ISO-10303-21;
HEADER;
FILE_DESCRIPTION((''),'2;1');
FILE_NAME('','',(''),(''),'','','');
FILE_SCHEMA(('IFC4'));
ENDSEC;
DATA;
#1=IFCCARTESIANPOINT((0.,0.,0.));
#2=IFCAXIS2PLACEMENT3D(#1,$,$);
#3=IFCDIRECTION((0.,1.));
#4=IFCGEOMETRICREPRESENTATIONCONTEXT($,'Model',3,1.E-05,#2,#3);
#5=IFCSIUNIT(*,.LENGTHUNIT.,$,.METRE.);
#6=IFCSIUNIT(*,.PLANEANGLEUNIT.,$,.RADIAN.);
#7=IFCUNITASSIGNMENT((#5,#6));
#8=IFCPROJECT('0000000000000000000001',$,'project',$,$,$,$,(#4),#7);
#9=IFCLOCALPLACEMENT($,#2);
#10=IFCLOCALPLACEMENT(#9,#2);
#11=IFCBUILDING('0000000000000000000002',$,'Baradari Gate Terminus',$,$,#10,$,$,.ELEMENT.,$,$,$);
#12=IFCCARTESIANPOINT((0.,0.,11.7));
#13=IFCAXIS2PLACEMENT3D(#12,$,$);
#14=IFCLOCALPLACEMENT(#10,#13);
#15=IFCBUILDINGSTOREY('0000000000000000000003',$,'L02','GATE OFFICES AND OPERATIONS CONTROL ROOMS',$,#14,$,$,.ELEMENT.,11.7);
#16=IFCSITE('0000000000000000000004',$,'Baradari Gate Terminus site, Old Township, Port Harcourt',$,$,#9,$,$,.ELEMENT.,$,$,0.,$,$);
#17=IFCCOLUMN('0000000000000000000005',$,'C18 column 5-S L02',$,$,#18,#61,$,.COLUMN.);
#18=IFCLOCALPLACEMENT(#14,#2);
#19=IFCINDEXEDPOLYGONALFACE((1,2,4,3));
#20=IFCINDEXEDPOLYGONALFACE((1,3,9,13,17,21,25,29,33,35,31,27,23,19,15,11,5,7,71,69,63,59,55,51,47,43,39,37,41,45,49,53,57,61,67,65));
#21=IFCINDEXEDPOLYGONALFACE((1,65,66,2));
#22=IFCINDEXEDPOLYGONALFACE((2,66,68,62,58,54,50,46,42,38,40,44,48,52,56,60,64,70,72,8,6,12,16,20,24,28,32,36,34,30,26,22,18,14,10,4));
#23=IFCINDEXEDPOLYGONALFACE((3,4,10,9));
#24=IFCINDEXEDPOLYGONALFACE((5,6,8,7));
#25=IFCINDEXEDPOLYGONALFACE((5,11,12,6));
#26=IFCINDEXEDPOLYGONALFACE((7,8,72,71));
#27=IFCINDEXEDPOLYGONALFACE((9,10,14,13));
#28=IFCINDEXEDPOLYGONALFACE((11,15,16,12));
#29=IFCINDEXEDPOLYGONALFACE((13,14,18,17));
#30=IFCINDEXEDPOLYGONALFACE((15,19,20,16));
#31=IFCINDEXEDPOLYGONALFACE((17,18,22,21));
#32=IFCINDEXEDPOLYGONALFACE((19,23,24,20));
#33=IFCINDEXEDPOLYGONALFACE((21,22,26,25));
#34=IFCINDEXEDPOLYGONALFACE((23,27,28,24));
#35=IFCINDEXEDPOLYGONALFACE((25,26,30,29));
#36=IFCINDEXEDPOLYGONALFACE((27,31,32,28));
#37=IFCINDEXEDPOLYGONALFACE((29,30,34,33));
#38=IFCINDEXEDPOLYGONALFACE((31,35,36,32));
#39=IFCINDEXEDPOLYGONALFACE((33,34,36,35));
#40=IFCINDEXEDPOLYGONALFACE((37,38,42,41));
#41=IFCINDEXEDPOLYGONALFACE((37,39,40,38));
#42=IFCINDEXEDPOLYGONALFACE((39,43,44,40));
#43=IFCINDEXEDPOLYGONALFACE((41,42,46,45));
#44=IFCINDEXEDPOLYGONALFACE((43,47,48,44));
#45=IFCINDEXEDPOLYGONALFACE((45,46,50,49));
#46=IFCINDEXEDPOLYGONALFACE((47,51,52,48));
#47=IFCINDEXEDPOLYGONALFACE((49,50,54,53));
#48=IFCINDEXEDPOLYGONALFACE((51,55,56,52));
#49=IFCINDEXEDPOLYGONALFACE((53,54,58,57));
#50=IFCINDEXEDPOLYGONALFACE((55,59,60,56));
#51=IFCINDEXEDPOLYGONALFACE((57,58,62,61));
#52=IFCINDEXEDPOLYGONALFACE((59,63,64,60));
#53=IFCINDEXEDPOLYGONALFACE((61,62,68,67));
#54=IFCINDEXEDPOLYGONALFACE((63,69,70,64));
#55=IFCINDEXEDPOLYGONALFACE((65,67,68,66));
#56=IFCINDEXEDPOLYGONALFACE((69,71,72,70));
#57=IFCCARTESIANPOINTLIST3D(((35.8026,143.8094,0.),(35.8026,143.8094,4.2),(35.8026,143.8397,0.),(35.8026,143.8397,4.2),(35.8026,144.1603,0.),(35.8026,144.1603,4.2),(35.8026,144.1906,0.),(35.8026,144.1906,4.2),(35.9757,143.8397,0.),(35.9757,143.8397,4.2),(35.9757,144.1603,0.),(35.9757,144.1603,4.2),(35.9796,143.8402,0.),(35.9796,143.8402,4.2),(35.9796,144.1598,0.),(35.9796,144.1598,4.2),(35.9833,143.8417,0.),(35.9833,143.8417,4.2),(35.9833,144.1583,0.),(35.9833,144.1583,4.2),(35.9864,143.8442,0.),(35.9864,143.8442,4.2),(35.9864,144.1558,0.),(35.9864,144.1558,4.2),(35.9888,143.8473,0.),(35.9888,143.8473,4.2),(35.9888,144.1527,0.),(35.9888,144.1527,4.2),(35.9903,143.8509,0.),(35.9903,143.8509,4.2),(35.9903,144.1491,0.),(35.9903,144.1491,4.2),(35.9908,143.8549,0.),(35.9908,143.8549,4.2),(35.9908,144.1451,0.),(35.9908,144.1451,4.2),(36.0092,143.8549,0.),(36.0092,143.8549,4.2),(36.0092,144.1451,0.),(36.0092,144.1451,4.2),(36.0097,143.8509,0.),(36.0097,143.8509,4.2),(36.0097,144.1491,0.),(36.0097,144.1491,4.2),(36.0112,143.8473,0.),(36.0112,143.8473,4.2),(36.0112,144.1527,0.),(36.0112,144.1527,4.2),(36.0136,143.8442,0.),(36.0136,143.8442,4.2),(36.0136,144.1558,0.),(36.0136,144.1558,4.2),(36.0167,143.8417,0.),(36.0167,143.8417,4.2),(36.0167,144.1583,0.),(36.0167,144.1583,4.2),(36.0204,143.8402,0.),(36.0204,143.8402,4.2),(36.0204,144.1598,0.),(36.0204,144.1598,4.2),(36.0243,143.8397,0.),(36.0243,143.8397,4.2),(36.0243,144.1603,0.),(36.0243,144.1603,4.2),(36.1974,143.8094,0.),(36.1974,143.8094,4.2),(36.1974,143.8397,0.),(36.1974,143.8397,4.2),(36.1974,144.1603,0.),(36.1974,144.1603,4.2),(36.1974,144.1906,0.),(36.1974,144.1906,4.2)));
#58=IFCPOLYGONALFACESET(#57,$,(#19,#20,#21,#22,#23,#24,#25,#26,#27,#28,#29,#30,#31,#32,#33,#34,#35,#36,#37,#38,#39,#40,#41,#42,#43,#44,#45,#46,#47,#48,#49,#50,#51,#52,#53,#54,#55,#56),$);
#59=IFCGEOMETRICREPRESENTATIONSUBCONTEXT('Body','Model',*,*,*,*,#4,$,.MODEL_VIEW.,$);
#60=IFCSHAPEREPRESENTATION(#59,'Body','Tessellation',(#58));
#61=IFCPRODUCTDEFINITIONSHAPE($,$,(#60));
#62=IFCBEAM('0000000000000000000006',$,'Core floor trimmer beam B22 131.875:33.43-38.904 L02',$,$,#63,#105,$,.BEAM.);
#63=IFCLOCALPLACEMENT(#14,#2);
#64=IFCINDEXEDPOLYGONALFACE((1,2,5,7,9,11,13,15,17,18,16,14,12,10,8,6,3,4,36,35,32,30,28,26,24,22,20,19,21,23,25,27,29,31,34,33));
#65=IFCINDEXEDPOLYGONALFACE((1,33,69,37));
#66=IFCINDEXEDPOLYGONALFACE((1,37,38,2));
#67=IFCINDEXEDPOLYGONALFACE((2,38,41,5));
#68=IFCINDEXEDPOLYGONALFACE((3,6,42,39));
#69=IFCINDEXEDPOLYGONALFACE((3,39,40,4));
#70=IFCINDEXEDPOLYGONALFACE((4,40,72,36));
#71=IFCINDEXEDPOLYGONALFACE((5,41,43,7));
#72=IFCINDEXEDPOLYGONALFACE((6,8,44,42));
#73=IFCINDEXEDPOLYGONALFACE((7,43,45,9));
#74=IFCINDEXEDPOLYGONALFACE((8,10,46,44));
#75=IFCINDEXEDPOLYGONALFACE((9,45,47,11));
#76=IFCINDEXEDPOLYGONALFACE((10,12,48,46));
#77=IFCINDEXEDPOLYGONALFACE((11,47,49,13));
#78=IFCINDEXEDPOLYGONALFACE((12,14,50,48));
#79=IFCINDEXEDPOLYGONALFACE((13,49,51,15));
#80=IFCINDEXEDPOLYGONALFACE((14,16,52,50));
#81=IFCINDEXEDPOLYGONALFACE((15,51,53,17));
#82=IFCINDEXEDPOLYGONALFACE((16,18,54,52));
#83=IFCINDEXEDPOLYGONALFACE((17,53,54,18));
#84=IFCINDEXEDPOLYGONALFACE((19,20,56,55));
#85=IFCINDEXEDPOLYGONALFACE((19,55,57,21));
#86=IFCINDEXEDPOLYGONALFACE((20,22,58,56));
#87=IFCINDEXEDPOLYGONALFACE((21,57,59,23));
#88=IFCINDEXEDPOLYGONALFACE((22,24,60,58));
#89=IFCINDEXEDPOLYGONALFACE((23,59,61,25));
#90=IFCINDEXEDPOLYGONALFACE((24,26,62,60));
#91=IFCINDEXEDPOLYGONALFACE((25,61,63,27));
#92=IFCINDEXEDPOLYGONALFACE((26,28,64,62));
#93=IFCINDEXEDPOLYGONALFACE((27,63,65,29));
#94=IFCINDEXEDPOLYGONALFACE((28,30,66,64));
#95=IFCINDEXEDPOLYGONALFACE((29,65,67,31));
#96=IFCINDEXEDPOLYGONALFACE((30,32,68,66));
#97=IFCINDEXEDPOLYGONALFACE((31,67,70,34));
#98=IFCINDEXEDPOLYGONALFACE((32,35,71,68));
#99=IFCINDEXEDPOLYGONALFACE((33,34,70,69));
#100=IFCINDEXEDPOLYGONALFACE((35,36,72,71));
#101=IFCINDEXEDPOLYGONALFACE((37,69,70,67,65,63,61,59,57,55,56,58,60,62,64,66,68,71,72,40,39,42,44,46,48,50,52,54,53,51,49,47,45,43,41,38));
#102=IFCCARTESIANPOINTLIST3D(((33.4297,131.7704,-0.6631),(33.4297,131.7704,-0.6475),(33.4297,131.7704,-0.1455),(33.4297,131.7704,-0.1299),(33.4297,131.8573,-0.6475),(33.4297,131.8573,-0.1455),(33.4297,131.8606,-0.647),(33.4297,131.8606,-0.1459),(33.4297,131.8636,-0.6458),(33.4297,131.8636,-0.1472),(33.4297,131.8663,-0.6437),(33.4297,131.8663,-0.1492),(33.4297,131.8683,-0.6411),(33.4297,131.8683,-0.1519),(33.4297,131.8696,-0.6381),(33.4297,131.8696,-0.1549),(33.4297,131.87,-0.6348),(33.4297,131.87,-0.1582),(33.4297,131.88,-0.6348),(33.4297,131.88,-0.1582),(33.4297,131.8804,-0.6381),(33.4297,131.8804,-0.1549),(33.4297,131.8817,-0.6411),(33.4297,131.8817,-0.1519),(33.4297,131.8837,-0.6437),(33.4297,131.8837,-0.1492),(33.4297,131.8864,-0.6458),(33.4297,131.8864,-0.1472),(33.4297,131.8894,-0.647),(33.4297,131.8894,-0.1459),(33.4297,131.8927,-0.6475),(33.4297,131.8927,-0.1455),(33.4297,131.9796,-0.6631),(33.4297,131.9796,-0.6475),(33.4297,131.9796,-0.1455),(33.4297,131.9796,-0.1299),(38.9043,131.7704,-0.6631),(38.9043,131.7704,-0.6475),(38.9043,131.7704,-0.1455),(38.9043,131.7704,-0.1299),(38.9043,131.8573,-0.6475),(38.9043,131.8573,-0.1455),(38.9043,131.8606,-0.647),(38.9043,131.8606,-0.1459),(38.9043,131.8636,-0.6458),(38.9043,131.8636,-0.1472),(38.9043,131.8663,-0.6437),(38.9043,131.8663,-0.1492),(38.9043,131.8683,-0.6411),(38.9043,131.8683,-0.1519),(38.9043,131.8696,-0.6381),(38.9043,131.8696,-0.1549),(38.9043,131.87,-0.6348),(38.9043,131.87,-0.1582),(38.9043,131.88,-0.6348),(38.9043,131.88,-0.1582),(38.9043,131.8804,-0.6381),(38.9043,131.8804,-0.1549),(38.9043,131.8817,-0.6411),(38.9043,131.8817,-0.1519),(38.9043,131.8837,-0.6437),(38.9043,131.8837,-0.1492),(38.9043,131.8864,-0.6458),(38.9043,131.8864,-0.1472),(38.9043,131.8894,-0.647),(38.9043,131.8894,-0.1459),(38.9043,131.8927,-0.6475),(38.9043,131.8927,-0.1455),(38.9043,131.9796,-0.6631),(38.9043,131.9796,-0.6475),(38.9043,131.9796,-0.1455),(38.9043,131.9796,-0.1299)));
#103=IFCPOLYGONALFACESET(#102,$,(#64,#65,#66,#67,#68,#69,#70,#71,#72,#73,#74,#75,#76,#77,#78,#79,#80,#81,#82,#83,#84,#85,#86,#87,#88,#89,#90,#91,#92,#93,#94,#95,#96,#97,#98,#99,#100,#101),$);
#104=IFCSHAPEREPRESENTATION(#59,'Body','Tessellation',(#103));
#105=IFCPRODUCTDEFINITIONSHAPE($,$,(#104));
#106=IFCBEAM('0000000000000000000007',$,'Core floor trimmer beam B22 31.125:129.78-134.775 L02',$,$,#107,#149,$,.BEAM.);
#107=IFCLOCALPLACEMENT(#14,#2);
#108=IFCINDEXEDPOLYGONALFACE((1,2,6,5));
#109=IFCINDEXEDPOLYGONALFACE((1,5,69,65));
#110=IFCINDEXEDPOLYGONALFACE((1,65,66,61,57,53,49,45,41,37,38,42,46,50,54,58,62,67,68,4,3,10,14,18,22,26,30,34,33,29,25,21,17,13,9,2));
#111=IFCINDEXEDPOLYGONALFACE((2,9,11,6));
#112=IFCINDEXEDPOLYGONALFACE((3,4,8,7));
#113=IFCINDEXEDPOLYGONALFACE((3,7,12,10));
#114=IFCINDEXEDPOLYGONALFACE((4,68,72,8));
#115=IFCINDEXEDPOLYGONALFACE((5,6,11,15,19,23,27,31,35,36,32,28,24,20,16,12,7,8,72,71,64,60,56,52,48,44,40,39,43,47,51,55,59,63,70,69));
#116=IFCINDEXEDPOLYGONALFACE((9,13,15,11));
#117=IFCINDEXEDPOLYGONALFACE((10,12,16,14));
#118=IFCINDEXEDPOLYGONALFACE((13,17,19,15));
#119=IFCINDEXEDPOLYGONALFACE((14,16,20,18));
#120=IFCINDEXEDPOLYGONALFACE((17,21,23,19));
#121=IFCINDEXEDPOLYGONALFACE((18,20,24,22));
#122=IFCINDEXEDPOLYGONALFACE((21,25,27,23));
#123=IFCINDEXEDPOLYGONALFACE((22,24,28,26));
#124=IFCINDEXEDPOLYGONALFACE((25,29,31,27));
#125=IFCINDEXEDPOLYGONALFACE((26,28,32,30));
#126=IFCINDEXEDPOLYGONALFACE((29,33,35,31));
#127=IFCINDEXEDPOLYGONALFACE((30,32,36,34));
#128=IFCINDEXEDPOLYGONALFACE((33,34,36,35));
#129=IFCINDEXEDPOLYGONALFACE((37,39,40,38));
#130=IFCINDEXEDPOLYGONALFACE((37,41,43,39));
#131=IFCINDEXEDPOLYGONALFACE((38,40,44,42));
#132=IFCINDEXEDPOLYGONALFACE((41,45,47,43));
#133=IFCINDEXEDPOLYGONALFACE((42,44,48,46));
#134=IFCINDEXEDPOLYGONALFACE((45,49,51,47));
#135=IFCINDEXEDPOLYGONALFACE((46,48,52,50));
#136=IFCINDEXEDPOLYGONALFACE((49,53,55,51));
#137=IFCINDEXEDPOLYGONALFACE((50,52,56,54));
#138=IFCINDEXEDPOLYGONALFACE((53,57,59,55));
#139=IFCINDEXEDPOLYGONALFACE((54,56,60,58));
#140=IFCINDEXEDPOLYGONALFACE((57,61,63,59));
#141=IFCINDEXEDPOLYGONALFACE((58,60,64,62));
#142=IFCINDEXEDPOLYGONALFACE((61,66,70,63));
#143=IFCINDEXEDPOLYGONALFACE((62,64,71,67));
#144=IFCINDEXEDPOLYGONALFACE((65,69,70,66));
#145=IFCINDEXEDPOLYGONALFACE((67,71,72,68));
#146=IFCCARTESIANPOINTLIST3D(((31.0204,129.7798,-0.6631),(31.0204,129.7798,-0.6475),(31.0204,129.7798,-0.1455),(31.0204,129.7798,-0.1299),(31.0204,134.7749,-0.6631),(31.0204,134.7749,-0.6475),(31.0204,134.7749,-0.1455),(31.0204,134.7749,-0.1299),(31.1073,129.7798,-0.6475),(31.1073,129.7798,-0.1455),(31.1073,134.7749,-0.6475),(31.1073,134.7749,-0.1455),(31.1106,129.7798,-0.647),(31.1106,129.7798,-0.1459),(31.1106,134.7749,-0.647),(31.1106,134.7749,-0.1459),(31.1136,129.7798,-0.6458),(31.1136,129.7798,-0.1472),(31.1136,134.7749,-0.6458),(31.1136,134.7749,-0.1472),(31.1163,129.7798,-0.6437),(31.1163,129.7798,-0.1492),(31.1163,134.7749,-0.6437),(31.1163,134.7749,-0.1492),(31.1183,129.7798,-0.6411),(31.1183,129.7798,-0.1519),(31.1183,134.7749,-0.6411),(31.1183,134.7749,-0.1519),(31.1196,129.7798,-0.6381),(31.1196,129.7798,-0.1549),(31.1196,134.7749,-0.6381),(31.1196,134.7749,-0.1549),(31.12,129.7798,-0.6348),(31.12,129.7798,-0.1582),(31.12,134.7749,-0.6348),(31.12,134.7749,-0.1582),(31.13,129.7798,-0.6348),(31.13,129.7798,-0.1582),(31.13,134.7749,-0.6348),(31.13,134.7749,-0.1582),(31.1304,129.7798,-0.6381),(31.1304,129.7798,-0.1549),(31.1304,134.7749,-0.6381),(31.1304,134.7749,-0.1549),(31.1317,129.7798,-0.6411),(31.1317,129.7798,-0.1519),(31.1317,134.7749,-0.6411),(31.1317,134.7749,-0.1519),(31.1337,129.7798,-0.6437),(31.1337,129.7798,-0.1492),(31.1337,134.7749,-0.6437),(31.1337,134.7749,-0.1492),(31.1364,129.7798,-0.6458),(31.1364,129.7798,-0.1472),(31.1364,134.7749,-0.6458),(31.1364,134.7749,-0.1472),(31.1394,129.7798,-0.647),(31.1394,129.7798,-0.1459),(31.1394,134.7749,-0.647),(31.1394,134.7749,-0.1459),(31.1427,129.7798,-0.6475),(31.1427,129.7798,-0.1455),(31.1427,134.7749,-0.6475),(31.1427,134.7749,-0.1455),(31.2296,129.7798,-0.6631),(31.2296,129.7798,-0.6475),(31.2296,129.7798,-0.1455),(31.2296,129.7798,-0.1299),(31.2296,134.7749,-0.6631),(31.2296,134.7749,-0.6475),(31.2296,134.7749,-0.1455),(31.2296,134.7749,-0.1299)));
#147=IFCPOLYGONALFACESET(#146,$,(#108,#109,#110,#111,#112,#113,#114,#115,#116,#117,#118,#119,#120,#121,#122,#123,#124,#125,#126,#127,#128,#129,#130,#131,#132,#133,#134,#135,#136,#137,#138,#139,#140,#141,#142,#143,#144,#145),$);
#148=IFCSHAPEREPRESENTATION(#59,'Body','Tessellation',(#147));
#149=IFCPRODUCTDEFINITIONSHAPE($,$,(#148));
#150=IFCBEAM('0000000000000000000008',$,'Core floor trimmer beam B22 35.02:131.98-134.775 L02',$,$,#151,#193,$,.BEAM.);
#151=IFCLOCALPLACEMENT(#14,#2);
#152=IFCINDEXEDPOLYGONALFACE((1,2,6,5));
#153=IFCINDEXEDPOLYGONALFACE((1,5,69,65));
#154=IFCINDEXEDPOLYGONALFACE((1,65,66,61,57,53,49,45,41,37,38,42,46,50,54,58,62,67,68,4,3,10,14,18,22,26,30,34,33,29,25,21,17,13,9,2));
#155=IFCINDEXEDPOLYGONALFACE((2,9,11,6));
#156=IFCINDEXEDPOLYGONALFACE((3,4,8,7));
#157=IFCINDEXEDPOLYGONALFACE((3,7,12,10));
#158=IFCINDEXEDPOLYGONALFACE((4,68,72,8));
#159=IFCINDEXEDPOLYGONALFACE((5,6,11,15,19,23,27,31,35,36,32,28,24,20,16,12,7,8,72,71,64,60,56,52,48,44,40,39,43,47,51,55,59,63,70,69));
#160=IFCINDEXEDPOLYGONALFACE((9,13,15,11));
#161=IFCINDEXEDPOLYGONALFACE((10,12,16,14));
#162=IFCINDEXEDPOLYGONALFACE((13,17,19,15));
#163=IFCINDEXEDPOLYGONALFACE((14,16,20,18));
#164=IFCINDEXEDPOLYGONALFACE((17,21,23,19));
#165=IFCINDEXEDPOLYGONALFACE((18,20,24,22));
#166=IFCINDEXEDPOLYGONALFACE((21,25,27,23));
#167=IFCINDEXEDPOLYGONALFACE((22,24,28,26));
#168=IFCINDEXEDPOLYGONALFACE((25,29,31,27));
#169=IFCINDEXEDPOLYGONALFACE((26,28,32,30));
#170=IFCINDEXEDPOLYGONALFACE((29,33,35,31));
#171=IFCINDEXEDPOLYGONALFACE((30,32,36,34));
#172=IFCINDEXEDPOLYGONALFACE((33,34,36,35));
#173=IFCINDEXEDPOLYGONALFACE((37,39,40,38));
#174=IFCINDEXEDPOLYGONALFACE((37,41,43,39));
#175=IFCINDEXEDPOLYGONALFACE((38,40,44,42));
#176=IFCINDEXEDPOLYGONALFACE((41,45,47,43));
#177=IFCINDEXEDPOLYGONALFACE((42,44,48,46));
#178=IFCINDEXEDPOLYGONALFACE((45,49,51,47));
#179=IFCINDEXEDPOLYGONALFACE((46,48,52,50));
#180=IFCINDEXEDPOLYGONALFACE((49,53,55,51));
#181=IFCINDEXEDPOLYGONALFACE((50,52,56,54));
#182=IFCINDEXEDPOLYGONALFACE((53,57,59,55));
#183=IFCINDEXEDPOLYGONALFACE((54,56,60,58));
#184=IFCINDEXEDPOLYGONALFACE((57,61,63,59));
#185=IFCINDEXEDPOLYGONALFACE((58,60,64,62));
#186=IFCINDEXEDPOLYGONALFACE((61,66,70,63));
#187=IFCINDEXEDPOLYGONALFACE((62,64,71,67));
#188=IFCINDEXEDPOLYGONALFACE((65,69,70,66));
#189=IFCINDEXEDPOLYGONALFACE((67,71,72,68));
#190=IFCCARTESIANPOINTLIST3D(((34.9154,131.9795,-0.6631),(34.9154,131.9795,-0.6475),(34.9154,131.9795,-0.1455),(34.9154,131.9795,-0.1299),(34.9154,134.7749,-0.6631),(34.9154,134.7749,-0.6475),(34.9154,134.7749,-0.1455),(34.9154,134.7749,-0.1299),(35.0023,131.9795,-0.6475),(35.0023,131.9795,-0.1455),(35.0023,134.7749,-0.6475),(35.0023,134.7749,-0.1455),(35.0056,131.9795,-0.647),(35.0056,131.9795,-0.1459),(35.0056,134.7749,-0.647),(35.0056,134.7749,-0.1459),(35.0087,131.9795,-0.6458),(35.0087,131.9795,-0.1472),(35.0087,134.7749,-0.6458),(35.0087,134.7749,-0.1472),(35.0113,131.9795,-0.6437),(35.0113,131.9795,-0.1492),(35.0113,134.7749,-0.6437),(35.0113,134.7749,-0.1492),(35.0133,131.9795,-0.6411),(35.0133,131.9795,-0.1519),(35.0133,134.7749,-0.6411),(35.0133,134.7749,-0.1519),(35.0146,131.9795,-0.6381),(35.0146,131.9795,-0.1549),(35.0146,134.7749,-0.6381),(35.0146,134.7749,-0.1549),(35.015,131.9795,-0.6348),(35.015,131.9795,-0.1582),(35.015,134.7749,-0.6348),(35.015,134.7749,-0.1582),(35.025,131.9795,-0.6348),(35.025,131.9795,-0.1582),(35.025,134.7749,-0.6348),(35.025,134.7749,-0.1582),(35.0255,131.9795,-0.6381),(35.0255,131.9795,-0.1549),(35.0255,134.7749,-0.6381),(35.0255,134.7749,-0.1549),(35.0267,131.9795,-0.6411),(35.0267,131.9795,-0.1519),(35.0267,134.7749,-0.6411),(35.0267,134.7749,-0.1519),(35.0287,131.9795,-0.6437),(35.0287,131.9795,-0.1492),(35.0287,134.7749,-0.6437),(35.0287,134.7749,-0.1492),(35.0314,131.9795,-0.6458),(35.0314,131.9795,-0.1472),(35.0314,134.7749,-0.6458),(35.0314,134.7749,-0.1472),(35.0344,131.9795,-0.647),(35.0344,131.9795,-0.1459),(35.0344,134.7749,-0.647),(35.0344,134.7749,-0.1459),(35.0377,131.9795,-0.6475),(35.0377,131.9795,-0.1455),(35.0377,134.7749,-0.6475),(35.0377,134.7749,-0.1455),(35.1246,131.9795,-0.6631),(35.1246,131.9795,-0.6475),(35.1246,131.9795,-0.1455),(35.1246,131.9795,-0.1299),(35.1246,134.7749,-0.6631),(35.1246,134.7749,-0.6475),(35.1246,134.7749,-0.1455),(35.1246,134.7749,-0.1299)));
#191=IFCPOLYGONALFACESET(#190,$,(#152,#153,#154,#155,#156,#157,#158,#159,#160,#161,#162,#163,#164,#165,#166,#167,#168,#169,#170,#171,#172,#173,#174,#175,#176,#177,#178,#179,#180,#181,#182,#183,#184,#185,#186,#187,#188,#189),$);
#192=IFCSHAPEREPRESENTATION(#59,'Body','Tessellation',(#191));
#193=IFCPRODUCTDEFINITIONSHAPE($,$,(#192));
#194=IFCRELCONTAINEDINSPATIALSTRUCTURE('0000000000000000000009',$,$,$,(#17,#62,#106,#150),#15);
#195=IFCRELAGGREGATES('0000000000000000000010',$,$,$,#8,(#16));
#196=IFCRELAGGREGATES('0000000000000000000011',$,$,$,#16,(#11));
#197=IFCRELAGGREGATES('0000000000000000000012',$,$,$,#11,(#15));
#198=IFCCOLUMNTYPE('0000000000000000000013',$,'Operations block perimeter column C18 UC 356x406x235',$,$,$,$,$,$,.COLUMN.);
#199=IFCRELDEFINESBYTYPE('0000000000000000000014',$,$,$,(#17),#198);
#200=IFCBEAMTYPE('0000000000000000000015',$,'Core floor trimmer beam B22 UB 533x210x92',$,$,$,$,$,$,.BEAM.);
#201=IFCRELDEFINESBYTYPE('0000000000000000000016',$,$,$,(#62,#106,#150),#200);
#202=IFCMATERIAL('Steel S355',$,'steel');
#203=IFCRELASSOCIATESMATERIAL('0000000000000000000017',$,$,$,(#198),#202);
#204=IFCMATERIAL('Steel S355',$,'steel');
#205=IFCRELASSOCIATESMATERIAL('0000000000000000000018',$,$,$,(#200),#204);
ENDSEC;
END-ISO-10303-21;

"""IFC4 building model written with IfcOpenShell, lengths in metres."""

from ifc_helpers import new_model, si_unit, direction, frame, origin, origin_2d, place, context, subcontext, project, spatial, i_section, extrude, material, material_profile, profile_set, type_object, element, save


model = new_model("IFC4")

# Units and contexts
model_context = context("Model", 3, precision=1e-05, world=origin(), true_north=direction((0.0, 1.0)))
body_context = subcontext(model_context, "Body", "Model", "MODEL_VIEW")
ifc_project = project(units=[si_unit("LENGTHUNIT", "METRE"), si_unit("PLANEANGLEUNIT", "RADIAN")], contexts=[model_context])

# Site, building, storey
site_placement = place(None, origin())
site = spatial("IfcSite", under=ifc_project, at=site_placement, Name="Baradari Gate Terminus site, Old Township, Port Harcourt", CompositionType="ELEMENT", RefElevation=0.0)
building_placement = place(site_placement, origin())
building = spatial("IfcBuilding", under=site, at=building_placement, Name="Baradari Gate Terminus", CompositionType="ELEMENT")
storey_placement = place(building_placement, frame((0.0, 0.0, 11.7)))
storey = spatial("IfcBuildingStorey", under=building, at=storey_placement, Name="L02", Description="GATE OFFICES AND OPERATIONS CONTROL ROOMS", CompositionType="ELEMENT", Elevation=11.7)

# Column
ifc_material_1 = material(Name="Steel S355", Category="steel")
ifc_material_profile_1 = material_profile(ifc_material_1, i_section(OverallWidth=0.3948, OverallDepth=0.3811, WebThickness=0.0183, FlangeThickness=0.0303, FilletRadius=0.0151, at=origin_2d()), Name="UC 356x406x235")
ifc_profile_set_1 = profile_set([ifc_material_profile_1], Name="Steel S355")
column_type = type_object("IfcColumnType", Name="Operations block perimeter column C18 UC 356x406x235", PredefinedType="COLUMN", material=ifc_profile_set_1)
column_placement = place(storey_placement, frame((36.0, 144.0, 0.0), z_axis=(0.0, 0.0, 1.0), x_axis=(1.0, 0.0, 0.0)))
element("IfcColumn", 1, at=column_placement, inside=storey, type_object=column_type, Name="C18 column 5-S L02", PredefinedType="COLUMN", context=body_context, shape_type="SweptSolid", body=[
    extrude(i_section(OverallWidth=0.3948, OverallDepth=0.3811, WebThickness=0.0183, FlangeThickness=0.0303, FilletRadius=0.0151, at=origin_2d()), origin(), (0.0, 0.0, 1.0), 4.2),
])

# Beams
ifc_material_2 = material(Name="Steel S355", Category="steel")
ifc_material_profile_2 = material_profile(ifc_material_2, i_section(OverallWidth=0.2092, OverallDepth=0.5332, WebThickness=0.01, FlangeThickness=0.0156, FilletRadius=0.0127, at=origin_2d()), Name="UB 533x210x92")
ifc_profile_set_2 = profile_set([ifc_material_profile_2], Name="Steel S355")
beam_type_1 = type_object("IfcBeamType", Name="Core floor trimmer beam B22 UB 533x210x92", PredefinedType="BEAM", material=ifc_profile_set_2)
beam_1_placement = place(storey_placement, frame((33.4297, 131.875, -0.3965), z_axis=(1.0, 0.0, 0.0), x_axis=(0.0, 1.0, 0.0)))
element("IfcBeam", 2, at=beam_1_placement, inside=storey, type_object=beam_type_1, Name="Core floor trimmer beam B22 131.875:33.43-38.904 L02", PredefinedType="BEAM", context=body_context, shape_type="SweptSolid", body=[
    extrude(i_section(OverallWidth=0.2092, OverallDepth=0.5332, WebThickness=0.01, FlangeThickness=0.0156, FilletRadius=0.0127, at=origin_2d()), origin(), (0.0, 0.0, 1.0), 5.4746),
])
beam_2_placement = place(storey_placement, frame((31.125, 129.7798, -0.3965), z_axis=(0.0, 1.0, 0.0), x_axis=(-1.0, 0.0, 0.0)))
element("IfcBeam", 3, at=beam_2_placement, inside=storey, type_object=beam_type_1, Name="Core floor trimmer beam B22 31.125:129.78-134.775 L02", PredefinedType="BEAM", context=body_context, shape_type="SweptSolid", body=[
    extrude(i_section(OverallWidth=0.2092, OverallDepth=0.5332, WebThickness=0.01, FlangeThickness=0.0156, FilletRadius=0.0127, at=origin_2d()), origin(), (0.0, 0.0, 1.0), 4.9951),
])
beam_3_placement = place(storey_placement, frame((35.02, 131.9795, -0.3965), z_axis=(0.0, 1.0, 0.0), x_axis=(-1.0, 0.0, 0.0)))
element("IfcBeam", 4, at=beam_3_placement, inside=storey, type_object=beam_type_1, Name="Core floor trimmer beam B22 35.02:131.98-134.775 L02", PredefinedType="BEAM", context=body_context, shape_type="SweptSolid", body=[
    extrude(i_section(OverallWidth=0.2092, OverallDepth=0.5332, WebThickness=0.01, FlangeThickness=0.0156, FilletRadius=0.0127, at=origin_2d()), origin(), (0.0, 0.0, 1.0), 2.7954),
])

save(model, "model.ifc")
